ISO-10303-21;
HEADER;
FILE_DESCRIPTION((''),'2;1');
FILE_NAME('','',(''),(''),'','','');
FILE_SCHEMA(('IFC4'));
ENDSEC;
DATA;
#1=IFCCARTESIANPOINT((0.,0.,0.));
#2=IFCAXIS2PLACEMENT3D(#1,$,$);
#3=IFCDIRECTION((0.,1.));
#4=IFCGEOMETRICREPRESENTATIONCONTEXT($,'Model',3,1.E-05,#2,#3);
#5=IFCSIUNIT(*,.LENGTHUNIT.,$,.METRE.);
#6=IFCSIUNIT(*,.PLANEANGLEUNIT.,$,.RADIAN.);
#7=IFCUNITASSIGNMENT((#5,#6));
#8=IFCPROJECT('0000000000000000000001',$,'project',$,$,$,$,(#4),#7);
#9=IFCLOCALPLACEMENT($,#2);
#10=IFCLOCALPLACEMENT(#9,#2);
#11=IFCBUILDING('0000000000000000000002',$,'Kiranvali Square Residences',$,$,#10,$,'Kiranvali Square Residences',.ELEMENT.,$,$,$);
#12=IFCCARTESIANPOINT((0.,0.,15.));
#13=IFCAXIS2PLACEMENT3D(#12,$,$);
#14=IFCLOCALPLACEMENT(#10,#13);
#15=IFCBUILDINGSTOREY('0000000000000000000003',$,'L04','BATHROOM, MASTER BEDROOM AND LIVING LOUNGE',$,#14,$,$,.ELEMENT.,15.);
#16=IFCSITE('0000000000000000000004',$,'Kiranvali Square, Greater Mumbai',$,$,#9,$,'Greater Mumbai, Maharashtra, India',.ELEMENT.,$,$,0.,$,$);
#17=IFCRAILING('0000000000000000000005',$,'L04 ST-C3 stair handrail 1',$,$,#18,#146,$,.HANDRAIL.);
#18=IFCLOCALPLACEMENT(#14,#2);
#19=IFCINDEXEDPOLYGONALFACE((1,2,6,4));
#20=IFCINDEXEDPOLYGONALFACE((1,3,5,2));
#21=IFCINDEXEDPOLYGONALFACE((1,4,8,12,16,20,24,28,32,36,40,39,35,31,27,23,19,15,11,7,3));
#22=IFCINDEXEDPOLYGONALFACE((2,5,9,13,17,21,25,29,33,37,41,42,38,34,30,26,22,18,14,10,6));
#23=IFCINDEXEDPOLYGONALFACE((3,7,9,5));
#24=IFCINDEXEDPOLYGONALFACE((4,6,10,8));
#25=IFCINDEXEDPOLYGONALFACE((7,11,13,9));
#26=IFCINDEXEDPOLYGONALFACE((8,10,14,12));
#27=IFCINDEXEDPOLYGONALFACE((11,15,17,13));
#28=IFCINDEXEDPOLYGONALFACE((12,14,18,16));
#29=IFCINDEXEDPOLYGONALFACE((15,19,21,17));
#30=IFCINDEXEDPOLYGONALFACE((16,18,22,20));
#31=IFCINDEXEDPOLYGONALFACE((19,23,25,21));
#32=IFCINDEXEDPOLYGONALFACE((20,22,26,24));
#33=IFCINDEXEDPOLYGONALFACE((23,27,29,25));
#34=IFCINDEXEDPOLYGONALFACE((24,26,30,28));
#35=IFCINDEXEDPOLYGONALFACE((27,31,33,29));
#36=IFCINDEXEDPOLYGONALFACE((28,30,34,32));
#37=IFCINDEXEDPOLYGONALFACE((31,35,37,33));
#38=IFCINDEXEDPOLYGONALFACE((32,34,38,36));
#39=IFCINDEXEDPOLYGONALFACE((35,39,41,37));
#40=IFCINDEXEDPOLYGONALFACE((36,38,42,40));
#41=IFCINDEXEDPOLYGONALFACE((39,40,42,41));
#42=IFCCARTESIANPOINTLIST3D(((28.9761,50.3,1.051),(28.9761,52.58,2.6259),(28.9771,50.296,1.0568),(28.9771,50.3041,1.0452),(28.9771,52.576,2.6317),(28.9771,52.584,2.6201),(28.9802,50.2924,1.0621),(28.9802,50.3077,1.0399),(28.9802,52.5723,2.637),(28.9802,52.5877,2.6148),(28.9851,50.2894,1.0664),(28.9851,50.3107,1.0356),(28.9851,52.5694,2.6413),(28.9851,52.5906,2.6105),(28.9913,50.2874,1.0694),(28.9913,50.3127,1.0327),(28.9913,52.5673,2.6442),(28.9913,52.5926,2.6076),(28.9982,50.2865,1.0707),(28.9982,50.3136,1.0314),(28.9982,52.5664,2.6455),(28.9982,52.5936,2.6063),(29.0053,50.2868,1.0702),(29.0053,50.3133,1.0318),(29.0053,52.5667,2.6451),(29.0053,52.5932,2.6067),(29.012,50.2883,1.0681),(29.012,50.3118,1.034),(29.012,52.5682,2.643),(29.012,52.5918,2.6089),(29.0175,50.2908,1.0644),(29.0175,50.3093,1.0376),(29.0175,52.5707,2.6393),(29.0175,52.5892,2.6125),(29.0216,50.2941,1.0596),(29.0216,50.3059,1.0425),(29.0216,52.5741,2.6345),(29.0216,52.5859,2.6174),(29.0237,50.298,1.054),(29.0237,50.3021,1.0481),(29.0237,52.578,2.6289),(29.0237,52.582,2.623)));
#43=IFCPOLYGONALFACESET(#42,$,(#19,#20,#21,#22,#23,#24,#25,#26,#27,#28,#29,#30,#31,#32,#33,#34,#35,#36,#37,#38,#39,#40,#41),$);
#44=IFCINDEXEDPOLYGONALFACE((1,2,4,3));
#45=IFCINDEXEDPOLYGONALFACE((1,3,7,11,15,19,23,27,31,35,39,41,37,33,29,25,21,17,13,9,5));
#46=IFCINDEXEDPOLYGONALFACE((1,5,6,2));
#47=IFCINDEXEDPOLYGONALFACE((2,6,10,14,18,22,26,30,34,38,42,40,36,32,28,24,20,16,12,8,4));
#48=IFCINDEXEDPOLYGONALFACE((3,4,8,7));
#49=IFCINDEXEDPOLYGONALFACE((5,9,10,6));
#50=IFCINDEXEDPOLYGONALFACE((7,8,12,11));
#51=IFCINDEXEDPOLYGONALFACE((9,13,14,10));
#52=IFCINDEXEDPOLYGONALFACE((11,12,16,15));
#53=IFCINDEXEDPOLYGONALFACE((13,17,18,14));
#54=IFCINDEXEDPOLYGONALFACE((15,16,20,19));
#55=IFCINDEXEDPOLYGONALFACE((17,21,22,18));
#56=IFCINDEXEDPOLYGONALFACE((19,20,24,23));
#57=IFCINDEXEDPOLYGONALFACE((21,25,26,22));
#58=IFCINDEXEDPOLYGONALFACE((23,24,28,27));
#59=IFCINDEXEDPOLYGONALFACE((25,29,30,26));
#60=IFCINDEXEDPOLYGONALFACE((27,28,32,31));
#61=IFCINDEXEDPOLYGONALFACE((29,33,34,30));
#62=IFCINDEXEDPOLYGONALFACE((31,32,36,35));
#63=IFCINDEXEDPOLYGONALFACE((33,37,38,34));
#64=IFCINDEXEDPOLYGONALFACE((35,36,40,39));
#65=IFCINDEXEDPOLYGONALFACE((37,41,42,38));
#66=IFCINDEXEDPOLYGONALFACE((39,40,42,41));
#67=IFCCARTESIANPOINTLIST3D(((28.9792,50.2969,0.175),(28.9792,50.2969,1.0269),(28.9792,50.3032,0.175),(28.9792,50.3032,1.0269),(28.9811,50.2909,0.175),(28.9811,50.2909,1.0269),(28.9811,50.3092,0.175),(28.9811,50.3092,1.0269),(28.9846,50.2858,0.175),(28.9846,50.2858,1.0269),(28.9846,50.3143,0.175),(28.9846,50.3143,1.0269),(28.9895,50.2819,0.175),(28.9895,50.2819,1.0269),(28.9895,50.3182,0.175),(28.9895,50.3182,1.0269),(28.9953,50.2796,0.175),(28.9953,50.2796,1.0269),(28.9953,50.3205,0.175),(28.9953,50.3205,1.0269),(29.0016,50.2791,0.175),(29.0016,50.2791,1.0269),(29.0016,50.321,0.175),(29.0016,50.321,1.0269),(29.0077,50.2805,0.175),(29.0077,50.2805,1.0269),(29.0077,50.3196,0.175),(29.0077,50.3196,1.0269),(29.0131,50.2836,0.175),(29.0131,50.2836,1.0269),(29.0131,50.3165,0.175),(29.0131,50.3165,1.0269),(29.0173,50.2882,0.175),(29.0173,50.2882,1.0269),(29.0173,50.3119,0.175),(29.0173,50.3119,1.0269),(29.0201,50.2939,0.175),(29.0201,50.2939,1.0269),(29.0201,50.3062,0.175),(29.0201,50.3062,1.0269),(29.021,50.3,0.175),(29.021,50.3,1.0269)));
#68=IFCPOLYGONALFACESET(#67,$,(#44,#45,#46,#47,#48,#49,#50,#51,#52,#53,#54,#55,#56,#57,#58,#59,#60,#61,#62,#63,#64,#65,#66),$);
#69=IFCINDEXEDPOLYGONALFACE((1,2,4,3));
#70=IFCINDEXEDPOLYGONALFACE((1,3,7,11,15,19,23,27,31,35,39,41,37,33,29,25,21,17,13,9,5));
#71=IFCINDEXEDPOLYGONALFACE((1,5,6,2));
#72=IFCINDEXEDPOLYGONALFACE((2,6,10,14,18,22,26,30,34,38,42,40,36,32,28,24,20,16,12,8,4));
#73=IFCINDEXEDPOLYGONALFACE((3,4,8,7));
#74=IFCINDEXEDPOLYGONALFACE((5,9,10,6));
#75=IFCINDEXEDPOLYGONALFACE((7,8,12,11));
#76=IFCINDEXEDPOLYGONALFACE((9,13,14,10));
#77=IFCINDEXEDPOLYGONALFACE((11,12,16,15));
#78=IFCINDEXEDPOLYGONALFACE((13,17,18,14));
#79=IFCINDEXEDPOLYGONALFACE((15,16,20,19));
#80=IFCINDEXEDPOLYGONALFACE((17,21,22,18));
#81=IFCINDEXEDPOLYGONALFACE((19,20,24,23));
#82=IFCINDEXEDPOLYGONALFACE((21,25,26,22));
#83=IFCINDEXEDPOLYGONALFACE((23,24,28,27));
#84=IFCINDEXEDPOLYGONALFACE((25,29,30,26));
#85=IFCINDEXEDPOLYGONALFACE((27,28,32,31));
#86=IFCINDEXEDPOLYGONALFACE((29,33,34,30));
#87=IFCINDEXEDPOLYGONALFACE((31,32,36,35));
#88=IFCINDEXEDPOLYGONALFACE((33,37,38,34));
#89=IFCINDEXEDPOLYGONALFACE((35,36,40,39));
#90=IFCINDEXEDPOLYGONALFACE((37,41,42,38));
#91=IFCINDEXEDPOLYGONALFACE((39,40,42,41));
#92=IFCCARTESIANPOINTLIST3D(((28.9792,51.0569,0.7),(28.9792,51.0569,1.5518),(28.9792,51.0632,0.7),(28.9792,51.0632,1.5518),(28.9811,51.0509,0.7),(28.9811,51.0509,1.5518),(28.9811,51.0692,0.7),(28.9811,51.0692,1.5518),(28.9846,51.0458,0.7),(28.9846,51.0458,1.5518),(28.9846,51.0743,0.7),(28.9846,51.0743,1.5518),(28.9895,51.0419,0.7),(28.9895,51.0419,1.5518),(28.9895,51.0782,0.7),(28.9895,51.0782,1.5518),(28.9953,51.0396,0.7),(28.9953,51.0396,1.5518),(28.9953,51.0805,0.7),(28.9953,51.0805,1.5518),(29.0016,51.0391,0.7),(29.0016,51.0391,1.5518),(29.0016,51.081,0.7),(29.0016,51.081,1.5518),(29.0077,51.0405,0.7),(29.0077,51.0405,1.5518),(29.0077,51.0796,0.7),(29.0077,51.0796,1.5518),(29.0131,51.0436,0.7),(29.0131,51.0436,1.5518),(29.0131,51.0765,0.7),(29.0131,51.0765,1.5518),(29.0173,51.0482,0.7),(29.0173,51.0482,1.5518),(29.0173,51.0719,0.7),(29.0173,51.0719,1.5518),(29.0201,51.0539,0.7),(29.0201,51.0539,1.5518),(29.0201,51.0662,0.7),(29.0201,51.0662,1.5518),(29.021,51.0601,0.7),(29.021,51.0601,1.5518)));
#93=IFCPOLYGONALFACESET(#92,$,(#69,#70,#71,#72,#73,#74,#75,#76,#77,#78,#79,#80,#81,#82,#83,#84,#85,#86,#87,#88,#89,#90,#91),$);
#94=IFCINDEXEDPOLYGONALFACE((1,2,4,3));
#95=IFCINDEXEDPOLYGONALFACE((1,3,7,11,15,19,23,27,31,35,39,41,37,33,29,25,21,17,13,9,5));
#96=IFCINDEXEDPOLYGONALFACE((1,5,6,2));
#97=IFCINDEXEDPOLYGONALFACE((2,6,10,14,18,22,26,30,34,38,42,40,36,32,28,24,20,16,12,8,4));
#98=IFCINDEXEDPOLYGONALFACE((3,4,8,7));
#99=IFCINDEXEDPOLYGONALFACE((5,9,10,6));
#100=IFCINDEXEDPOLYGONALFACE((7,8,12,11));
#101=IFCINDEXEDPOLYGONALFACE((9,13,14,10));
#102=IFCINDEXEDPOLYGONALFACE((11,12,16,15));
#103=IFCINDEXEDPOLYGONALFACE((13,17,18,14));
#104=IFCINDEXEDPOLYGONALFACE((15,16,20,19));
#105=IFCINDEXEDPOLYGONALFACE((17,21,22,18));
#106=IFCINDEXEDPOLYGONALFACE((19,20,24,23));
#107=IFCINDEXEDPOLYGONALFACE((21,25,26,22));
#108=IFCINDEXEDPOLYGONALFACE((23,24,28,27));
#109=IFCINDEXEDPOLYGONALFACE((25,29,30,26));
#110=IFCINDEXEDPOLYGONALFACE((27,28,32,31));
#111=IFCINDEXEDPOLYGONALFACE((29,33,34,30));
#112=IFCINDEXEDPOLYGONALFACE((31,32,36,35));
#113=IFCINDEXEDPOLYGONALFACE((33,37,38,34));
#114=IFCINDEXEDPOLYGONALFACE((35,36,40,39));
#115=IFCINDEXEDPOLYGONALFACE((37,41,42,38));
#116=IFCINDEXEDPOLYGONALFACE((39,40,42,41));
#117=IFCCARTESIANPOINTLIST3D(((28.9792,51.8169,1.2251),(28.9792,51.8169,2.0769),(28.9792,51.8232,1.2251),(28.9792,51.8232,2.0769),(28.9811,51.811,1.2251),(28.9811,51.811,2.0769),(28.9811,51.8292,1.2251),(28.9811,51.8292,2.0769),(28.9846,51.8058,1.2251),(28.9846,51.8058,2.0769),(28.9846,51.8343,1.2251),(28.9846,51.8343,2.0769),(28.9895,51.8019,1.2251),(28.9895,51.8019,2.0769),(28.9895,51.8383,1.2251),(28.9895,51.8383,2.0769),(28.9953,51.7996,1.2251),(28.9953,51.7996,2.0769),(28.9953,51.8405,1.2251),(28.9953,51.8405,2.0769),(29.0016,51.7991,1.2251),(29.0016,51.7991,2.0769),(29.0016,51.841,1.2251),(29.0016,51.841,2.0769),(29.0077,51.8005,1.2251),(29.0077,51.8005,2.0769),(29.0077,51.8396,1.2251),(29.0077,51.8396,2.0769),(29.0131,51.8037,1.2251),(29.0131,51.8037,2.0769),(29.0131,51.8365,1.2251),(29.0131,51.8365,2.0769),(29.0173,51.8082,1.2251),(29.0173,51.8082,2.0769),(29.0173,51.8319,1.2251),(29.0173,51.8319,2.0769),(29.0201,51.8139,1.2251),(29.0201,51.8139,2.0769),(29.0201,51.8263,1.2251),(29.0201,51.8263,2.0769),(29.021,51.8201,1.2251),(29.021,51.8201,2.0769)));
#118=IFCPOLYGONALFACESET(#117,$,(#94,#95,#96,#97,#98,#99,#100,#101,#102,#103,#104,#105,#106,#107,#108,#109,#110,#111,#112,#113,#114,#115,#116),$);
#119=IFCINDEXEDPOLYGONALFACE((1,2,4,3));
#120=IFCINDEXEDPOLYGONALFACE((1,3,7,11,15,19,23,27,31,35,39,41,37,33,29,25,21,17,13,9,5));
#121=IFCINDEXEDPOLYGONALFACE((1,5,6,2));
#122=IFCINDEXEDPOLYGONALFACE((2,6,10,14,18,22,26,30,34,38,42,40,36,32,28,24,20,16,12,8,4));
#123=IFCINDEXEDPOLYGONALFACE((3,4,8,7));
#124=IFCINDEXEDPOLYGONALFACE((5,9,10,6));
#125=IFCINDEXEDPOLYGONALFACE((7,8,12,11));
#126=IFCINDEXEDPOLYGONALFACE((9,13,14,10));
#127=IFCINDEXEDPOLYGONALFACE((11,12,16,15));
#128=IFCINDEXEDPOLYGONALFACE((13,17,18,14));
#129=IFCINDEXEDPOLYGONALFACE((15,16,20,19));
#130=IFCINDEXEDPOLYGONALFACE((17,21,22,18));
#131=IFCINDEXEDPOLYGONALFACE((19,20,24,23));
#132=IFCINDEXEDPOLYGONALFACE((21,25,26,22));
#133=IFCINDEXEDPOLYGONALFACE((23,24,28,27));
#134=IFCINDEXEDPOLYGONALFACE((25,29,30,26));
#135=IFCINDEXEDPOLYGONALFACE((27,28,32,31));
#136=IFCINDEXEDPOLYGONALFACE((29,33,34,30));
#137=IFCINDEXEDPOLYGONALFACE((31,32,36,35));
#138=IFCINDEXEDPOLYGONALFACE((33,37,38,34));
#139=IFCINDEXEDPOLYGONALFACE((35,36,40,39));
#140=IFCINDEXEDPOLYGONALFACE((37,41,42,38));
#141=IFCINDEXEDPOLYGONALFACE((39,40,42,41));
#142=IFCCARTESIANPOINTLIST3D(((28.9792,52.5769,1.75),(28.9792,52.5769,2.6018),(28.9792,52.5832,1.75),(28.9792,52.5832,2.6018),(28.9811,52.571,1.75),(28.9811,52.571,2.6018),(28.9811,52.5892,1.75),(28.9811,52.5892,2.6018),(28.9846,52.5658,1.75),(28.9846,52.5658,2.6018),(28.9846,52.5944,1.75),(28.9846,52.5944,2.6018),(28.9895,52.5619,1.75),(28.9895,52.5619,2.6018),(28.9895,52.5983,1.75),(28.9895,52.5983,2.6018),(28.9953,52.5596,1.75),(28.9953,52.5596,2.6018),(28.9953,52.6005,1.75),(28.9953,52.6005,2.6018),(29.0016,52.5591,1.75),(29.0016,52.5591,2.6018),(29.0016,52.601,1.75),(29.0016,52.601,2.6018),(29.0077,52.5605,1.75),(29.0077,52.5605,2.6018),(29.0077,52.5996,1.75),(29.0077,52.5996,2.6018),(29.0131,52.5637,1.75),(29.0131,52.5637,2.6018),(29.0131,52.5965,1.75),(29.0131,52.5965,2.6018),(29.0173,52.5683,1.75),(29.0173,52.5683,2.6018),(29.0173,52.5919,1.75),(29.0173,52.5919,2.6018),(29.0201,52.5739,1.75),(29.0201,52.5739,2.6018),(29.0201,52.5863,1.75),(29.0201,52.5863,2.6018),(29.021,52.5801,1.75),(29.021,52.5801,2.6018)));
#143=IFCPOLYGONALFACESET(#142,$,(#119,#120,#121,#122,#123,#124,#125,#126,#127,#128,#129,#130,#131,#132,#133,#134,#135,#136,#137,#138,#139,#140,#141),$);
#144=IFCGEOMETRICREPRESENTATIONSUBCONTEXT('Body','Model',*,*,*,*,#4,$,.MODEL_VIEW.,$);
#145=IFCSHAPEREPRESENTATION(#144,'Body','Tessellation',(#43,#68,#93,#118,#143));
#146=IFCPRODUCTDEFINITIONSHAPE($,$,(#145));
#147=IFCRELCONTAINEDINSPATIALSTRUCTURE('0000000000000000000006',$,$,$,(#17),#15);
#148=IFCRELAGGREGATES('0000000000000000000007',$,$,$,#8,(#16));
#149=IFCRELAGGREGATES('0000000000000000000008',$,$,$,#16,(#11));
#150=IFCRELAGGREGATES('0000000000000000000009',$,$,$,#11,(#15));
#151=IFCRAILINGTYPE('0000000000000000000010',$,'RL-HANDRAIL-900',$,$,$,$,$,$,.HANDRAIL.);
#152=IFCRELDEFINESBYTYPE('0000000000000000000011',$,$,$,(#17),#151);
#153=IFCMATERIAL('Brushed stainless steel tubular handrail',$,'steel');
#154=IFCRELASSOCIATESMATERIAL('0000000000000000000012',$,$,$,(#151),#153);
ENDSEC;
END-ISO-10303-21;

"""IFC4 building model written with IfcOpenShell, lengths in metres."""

from ifc_helpers import new_model, si_unit, direction, frame, origin, origin_2d, place, context, subcontext, project, spatial, circle, extrude, material, type_object, element, save


model = new_model("IFC4")

# Units and contexts
model_context = context("Model", 3, precision=1e-05, world=origin(), true_north=direction((0.0, 1.0)))
body_context = subcontext(model_context, "Body", "Model", "MODEL_VIEW")
ifc_project = project(units=[si_unit("LENGTHUNIT", "METRE"), si_unit("PLANEANGLEUNIT", "RADIAN")], contexts=[model_context])

# Site, building, storey
site_placement = place(None, origin())
site = spatial("IfcSite", under=ifc_project, at=site_placement, Name="Kiranvali Square, Greater Mumbai", LongName="Greater Mumbai, Maharashtra, India", CompositionType="ELEMENT", RefElevation=0.0)
building_placement = place(site_placement, origin())
building = spatial("IfcBuilding", under=site, at=building_placement, Name="Kiranvali Square Residences", LongName="Kiranvali Square Residences", CompositionType="ELEMENT")
storey_placement = place(building_placement, frame((0.0, 0.0, 15.0)))
storey = spatial("IfcBuildingStorey", under=building, at=storey_placement, Name="L04", Description="BATHROOM, MASTER BEDROOM AND LIVING LOUNGE", CompositionType="ELEMENT", Elevation=15.0)

# Railing
ifc_material_1 = material(Name="Brushed stainless steel tubular handrail", Category="steel")
railing_type_1 = type_object("IfcRailingType", Name="RL-HANDRAIL-900", PredefinedType="HANDRAIL", material=ifc_material_1)
railing_1_placement = place(storey_placement, frame((29.0, 50.3, 0.175)))
element("IfcRailing", 1, at=railing_1_placement, inside=storey, type_object=railing_type_1, Name="L04 ST-C3 stair handrail 1", PredefinedType="HANDRAIL", context=body_context, shape_type="SweptSolid", body=[
    extrude(circle(Radius=0.0239, at=origin_2d()), frame((0.0, 0.0, 0.876), z_axis=(0.0, 0.822788, 0.568348), x_axis=(-1.0, 0.0, 0.0)), (0.0, 0.0, 1.0), 2.771),
    extrude(circle(Radius=0.021, at=origin_2d()), origin(), (0.0, 0.0, 1.0), 0.8518),
    extrude(circle(Radius=0.021, at=origin_2d()), frame((0.0, 0.76, 0.5249)), (0.0, 0.0, 1.0), 0.8518),
    extrude(circle(Radius=0.021, at=origin_2d()), frame((0.0, 1.52, 1.05)), (0.0, 0.0, 1.0), 0.8518),
    extrude(circle(Radius=0.021, at=origin_2d()), frame((0.0, 2.28, 1.575)), (0.0, 0.0, 1.0), 0.8518),
])

save(model, "model.ifc")
